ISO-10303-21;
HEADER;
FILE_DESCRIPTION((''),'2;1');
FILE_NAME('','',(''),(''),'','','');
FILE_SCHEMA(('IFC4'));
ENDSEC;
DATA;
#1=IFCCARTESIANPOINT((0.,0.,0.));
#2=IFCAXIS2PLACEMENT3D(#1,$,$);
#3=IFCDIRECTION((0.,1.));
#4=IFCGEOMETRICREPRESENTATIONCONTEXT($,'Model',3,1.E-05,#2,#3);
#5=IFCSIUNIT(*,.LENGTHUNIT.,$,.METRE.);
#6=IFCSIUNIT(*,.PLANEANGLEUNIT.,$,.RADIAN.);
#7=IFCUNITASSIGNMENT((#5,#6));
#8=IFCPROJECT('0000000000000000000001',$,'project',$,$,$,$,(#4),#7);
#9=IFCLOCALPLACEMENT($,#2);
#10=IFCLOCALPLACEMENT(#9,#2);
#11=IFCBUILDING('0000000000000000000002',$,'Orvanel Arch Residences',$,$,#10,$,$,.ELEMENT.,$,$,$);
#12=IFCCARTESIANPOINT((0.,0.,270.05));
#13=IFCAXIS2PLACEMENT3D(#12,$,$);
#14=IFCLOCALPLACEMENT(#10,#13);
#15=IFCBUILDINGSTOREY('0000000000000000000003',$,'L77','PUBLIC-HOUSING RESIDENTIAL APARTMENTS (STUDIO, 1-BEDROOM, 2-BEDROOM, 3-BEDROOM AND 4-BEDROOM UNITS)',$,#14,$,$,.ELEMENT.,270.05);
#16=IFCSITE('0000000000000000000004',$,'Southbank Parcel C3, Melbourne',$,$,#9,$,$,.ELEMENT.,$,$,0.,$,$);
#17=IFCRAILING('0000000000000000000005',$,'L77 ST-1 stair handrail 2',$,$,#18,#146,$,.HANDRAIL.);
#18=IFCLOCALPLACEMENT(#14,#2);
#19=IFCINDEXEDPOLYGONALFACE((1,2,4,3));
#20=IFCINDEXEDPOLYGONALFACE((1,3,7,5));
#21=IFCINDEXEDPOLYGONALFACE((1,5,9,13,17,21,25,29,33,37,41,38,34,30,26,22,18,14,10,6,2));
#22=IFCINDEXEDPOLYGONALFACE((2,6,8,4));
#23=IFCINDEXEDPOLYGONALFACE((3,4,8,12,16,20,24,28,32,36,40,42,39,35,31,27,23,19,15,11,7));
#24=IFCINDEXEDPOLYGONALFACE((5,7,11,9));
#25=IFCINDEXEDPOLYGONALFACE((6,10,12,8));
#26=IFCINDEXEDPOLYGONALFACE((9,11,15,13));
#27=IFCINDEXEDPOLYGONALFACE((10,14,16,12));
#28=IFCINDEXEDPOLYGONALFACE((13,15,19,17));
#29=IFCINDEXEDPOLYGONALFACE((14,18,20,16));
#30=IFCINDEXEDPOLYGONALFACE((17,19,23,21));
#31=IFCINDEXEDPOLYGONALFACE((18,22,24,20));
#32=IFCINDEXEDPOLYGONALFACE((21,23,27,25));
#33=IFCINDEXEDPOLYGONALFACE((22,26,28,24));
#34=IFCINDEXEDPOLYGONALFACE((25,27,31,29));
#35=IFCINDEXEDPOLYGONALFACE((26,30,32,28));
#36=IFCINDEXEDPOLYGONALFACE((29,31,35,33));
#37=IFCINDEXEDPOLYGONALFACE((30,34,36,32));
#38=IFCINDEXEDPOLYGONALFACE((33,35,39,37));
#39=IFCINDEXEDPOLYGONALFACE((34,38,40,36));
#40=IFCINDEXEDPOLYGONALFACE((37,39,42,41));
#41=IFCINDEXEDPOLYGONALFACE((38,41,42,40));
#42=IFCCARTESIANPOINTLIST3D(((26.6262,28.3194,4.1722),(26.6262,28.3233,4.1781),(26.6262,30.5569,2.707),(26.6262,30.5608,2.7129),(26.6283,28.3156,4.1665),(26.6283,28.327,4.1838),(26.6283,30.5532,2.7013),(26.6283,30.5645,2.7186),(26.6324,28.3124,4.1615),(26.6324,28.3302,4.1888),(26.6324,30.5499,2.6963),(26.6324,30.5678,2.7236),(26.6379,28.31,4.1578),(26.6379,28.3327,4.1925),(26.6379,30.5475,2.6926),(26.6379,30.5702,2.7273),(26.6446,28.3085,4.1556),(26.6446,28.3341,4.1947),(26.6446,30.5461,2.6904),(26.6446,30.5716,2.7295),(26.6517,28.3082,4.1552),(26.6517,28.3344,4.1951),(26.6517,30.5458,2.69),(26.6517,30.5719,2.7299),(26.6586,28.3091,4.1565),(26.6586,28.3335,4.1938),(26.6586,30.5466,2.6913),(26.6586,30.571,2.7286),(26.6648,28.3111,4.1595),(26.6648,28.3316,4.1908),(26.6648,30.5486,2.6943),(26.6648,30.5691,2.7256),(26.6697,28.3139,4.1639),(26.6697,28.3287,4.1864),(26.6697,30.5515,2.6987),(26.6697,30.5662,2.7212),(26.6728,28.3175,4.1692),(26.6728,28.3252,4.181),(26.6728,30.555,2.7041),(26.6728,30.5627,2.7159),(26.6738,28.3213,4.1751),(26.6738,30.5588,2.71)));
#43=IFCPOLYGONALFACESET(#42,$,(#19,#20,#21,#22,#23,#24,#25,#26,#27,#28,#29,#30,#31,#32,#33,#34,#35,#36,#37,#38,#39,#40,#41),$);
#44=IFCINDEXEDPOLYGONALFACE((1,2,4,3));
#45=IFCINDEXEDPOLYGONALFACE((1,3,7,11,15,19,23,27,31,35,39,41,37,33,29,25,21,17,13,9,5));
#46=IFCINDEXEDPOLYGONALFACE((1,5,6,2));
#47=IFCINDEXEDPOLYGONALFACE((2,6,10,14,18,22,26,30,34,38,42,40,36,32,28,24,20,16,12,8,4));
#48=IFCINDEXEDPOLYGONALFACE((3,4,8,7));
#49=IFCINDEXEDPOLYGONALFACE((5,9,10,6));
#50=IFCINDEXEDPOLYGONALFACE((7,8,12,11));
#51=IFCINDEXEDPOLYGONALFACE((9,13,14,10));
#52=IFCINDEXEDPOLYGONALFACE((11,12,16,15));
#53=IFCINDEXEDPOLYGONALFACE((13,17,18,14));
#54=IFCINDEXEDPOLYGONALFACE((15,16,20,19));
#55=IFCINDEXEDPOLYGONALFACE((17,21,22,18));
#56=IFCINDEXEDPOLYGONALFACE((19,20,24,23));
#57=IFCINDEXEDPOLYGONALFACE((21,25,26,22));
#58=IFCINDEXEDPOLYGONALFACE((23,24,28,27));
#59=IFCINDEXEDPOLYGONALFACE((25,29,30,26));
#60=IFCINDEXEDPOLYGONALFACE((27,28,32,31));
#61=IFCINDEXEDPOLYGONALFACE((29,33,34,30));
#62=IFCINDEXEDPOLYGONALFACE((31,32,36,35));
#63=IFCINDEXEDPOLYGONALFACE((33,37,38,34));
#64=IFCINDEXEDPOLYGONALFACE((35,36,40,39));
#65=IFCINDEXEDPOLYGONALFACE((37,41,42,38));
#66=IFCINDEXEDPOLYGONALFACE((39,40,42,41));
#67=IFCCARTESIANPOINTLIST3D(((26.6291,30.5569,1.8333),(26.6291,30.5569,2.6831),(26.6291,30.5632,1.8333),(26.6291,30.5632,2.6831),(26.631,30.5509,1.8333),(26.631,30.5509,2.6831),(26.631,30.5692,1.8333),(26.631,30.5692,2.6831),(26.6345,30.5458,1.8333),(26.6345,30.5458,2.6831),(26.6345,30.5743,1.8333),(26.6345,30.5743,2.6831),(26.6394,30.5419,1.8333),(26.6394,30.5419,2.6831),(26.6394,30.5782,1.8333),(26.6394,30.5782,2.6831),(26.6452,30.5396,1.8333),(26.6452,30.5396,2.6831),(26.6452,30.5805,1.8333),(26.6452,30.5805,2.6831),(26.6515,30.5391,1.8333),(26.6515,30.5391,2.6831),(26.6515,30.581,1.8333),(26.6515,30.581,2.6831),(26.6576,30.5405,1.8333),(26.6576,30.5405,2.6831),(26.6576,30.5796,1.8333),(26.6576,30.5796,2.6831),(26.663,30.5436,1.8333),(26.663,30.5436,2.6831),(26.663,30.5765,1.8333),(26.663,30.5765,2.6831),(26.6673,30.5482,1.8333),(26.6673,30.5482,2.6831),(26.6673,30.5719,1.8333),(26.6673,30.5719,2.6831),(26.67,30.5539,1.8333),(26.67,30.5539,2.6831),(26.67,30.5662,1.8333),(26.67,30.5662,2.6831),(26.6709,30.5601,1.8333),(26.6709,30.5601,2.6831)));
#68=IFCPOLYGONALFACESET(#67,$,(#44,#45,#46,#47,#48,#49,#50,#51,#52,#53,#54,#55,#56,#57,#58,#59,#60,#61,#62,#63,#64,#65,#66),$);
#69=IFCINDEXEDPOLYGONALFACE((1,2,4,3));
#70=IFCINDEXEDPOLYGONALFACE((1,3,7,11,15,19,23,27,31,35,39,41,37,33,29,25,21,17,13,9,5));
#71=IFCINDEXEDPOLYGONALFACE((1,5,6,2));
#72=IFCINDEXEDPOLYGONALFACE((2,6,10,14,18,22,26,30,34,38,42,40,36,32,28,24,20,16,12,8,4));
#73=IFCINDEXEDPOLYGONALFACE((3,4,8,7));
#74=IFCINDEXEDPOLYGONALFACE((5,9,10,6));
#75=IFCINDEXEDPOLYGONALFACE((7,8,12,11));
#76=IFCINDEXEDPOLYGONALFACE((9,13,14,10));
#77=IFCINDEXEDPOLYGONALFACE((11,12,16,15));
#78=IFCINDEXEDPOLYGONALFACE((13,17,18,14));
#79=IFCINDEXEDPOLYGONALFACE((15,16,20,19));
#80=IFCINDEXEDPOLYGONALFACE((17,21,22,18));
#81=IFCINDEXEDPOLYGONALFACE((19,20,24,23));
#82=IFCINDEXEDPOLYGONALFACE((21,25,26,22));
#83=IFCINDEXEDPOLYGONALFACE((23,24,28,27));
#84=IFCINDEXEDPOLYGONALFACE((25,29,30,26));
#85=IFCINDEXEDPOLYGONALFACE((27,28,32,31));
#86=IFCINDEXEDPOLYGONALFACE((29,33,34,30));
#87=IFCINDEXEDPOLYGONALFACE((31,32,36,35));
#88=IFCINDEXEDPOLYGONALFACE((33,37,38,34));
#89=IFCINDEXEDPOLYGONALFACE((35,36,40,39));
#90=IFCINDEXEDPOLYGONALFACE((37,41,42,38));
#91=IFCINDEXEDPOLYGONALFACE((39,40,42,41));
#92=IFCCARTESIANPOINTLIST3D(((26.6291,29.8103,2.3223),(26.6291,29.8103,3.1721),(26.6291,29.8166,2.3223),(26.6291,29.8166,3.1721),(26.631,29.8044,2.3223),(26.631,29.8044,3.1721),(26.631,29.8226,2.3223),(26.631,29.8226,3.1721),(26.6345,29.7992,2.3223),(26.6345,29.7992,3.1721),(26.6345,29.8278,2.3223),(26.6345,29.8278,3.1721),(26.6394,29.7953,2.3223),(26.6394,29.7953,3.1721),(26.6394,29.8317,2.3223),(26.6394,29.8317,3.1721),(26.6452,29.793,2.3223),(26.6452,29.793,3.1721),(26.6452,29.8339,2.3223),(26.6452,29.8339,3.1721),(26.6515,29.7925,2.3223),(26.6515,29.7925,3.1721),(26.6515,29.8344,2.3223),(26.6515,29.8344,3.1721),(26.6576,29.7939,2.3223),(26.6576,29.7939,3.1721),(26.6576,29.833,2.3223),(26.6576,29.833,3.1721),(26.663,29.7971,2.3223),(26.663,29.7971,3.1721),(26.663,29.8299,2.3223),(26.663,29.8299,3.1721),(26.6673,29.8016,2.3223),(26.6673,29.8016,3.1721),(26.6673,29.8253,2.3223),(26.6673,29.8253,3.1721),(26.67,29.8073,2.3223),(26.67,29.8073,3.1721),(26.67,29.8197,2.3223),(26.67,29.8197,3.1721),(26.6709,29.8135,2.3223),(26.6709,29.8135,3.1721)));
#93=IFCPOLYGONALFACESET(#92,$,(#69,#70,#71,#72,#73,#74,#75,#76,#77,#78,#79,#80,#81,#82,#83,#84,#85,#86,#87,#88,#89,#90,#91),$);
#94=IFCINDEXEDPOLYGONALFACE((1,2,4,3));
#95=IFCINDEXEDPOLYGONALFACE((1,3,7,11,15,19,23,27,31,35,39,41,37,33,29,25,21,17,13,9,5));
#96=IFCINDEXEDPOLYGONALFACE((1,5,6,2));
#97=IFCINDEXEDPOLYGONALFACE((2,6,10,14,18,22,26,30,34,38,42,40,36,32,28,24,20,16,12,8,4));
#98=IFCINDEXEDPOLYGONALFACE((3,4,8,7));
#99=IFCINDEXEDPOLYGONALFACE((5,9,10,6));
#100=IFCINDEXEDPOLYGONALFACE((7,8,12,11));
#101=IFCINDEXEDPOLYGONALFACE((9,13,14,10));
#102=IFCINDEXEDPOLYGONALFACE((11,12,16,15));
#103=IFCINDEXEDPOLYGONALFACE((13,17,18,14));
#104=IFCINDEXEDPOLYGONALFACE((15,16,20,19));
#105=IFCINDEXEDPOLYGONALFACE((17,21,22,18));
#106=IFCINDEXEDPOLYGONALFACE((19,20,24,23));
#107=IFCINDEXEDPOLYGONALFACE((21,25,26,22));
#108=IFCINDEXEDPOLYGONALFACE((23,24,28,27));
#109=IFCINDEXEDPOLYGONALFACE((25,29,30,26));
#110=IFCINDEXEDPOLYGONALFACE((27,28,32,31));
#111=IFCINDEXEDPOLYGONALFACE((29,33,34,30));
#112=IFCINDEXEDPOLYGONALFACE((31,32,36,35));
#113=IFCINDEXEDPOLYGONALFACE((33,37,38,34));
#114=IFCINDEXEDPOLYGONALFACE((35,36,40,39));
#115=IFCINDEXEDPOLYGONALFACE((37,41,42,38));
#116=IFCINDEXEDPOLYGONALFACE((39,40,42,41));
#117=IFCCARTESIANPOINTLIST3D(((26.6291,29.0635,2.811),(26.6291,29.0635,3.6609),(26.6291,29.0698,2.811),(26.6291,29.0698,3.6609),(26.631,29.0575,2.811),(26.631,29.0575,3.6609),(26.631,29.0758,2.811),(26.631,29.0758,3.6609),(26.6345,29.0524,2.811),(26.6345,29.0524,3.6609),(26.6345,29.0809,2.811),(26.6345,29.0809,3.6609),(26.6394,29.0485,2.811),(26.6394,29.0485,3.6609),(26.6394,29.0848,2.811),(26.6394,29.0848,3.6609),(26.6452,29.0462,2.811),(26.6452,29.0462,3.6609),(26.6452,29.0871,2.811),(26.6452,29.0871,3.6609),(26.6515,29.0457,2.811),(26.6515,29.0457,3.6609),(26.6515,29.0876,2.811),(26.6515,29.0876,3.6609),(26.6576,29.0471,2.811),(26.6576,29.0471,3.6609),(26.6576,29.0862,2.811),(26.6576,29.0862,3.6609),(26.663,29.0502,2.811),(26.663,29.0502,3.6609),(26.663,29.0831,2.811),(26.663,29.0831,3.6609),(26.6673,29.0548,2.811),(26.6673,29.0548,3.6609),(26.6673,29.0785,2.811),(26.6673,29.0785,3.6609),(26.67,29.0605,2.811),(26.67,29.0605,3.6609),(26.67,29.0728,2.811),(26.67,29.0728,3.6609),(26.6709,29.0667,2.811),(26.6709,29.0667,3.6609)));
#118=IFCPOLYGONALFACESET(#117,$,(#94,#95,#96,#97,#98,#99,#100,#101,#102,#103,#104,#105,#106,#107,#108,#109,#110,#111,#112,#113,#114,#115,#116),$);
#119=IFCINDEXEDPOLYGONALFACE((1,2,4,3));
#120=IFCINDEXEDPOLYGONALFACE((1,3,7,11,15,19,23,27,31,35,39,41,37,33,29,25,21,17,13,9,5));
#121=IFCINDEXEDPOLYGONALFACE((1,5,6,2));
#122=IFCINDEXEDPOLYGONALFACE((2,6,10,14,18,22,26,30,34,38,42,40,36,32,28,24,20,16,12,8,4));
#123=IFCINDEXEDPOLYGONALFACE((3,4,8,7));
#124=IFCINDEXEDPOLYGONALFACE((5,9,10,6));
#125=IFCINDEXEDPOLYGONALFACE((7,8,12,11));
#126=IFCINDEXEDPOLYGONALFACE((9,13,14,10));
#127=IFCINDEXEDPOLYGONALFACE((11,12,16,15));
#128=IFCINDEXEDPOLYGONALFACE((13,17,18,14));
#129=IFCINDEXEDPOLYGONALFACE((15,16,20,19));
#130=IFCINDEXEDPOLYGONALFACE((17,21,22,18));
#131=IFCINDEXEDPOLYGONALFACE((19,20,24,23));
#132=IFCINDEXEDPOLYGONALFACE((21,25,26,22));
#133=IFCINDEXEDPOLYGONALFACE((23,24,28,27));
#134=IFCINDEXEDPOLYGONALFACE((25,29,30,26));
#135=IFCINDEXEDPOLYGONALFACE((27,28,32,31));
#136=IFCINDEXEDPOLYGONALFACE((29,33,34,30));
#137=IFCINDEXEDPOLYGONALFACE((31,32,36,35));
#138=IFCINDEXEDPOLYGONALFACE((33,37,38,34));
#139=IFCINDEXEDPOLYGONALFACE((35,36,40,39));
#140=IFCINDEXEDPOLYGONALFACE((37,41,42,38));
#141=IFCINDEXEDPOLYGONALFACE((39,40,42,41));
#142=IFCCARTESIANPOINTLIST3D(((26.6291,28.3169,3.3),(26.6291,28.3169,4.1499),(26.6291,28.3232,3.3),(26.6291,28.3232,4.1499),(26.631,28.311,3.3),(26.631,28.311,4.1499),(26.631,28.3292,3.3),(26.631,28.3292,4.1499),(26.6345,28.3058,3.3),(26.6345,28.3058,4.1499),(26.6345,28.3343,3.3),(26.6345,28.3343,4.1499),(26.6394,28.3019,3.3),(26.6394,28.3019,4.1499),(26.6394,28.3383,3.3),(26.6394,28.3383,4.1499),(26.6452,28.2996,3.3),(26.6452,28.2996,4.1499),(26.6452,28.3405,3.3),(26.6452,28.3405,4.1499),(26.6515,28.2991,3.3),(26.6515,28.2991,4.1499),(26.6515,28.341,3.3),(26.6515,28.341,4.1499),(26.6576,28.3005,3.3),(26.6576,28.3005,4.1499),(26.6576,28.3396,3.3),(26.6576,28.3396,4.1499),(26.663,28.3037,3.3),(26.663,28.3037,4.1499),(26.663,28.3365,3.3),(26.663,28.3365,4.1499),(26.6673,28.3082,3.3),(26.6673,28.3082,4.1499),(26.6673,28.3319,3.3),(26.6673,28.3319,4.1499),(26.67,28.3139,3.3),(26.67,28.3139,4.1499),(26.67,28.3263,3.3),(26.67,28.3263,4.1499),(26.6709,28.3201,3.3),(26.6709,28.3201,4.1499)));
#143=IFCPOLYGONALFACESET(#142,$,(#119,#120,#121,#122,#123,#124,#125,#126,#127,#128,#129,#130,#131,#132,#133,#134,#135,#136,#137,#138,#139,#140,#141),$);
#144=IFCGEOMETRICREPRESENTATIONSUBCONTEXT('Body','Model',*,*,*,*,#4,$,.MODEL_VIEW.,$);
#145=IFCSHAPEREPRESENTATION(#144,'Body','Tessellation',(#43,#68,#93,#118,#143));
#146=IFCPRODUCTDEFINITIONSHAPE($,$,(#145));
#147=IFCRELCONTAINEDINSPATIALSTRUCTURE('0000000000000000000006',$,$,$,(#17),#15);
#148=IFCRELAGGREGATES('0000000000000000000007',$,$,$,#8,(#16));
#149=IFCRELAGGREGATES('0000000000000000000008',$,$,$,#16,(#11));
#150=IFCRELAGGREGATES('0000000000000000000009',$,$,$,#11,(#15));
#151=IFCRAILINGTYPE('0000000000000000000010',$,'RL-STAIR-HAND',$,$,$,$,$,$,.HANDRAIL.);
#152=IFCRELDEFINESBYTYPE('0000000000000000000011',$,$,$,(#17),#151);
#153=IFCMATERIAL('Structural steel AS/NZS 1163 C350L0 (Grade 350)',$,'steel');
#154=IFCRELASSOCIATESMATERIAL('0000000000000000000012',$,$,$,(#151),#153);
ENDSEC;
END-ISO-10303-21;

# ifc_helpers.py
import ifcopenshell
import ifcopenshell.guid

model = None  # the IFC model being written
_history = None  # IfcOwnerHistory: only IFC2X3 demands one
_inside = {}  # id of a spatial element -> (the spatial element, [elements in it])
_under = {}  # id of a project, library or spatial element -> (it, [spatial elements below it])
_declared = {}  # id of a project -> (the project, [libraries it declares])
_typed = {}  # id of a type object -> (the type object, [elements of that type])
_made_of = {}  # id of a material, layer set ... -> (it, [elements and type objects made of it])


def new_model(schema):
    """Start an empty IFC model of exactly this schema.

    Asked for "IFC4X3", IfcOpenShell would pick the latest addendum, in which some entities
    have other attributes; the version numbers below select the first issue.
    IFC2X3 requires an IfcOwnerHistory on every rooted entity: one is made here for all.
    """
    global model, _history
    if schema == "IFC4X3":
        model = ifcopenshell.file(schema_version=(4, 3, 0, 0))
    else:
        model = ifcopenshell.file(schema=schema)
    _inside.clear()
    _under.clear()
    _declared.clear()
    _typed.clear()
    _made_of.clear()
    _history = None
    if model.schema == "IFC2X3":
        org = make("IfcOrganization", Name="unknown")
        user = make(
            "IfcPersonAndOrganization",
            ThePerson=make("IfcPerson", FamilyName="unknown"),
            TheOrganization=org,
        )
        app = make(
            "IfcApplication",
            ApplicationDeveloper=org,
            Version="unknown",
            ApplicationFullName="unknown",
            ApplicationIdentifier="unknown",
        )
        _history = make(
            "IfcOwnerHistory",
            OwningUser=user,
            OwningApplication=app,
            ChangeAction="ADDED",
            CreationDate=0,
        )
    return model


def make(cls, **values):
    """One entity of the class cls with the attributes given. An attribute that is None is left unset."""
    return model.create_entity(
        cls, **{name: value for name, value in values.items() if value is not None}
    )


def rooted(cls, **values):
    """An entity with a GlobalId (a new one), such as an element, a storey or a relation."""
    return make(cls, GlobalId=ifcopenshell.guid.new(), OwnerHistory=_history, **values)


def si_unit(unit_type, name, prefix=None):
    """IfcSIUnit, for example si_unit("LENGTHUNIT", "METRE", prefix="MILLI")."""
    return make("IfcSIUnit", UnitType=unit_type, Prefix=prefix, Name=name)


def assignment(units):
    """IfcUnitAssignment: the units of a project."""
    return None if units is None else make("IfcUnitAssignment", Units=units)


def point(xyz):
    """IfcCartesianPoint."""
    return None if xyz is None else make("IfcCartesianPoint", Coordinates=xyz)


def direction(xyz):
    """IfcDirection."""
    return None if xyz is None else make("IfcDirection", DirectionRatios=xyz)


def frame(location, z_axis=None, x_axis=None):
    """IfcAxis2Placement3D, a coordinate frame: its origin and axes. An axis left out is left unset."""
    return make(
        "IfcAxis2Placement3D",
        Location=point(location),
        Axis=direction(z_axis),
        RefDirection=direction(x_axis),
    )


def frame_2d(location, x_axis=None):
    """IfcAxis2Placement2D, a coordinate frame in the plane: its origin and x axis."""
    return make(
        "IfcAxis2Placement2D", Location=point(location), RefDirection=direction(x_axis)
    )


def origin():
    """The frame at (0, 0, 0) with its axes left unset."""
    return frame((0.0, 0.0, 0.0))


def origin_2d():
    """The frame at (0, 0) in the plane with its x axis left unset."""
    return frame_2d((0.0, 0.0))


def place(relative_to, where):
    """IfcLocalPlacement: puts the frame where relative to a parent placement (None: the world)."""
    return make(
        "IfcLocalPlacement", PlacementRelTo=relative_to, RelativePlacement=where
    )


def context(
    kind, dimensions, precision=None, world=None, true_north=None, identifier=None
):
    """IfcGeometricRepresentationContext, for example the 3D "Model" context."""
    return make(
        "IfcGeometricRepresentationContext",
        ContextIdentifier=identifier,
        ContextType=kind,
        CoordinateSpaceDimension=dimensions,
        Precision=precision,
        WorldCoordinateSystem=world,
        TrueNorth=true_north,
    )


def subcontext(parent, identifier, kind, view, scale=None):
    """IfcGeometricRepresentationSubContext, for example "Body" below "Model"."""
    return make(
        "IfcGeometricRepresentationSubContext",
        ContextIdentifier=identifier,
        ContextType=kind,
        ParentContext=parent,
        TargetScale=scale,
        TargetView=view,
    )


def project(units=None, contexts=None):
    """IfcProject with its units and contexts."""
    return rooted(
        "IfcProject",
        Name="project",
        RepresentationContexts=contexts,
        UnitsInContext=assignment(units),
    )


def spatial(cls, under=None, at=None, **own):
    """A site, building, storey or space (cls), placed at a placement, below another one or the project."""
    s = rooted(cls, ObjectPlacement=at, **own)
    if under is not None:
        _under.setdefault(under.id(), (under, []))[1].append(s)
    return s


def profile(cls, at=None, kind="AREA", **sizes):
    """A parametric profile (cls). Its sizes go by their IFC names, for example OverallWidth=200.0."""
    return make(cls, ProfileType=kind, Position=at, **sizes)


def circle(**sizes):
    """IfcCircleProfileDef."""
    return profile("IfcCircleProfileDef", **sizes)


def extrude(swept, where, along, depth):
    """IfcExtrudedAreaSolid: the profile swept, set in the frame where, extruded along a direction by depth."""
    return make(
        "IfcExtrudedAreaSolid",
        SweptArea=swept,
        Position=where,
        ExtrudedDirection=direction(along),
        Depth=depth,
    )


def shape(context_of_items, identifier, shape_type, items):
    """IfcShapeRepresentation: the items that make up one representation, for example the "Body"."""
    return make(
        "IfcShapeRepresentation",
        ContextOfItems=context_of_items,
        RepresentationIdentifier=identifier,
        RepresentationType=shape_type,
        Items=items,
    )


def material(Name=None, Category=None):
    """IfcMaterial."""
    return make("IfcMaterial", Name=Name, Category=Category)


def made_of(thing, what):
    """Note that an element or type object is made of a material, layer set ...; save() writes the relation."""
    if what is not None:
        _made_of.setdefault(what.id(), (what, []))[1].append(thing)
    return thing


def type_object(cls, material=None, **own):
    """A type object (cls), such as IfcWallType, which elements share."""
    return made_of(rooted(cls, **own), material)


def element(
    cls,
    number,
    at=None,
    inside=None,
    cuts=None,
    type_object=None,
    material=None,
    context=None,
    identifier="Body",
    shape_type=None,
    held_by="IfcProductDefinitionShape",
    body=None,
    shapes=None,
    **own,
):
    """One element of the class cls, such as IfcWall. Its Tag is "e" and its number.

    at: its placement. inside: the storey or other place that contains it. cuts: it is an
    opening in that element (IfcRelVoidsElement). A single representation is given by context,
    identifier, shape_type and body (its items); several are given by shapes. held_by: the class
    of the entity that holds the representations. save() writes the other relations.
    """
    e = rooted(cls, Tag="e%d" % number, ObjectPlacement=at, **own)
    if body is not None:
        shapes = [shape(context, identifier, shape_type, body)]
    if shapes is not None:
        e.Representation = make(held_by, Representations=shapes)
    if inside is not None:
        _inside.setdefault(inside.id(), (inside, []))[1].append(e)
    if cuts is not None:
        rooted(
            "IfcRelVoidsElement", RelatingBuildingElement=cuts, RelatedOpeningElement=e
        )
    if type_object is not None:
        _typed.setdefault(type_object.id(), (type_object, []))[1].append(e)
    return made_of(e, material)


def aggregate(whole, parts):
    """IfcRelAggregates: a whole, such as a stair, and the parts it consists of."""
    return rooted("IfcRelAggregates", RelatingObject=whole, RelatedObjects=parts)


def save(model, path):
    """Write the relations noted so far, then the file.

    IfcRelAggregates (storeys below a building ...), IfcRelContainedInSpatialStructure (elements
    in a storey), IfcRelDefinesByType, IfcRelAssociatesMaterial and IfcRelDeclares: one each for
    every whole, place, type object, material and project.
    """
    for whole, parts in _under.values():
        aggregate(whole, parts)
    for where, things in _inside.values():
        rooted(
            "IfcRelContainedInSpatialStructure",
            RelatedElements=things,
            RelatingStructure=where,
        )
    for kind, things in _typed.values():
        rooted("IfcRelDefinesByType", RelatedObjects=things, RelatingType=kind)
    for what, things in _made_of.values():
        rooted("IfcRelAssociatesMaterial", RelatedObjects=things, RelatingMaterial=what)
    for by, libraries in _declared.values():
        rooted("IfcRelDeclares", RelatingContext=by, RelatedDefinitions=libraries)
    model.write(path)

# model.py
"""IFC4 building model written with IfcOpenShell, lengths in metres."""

from ifc_helpers import new_model, si_unit, direction, frame, origin, origin_2d, place, context, subcontext, project, spatial, circle, extrude, material, type_object, element, save


model = new_model("IFC4")

# Units and contexts
model_context = context("Model", 3, precision=1e-05, world=origin(), true_north=direction((0.0, 1.0)))
body_context = subcontext(model_context, "Body", "Model", "MODEL_VIEW")
ifc_project = project(units=[si_unit("LENGTHUNIT", "METRE"), si_unit("PLANEANGLEUNIT", "RADIAN")], contexts=[model_context])

# Site, building, storey
site_placement = place(None, origin())
site = spatial("IfcSite", under=ifc_project, at=site_placement, Name="Southbank Parcel C3, Melbourne", CompositionType="ELEMENT", RefElevation=0.0)
building_placement = place(site_placement, origin())
building = spatial("IfcBuilding", under=site, at=building_placement, Name="Orvanel Arch Residences", CompositionType="ELEMENT")
storey_placement = place(building_placement, frame((0.0, 0.0, 270.05)))
storey = spatial("IfcBuildingStorey", under=building, at=storey_placement, Name="L77", Description="PUBLIC-HOUSING RESIDENTIAL APARTMENTS (STUDIO, 1-BEDROOM, 2-BEDROOM, 3-BEDROOM AND 4-BEDROOM UNITS)", CompositionType="ELEMENT", Elevation=270.05)

# Railing
ifc_material_1 = material(Name="Structural steel AS/NZS 1163 C350L0 (Grade 350)", Category="steel")
railing_type_1 = type_object("IfcRailingType", Name="RL-STAIR-HAND", PredefinedType="HANDRAIL", material=ifc_material_1)
railing_1_placement = place(storey_placement, frame((26.6499, 30.5601, 1.8333)))
element("IfcRailing", 1, at=railing_1_placement, inside=storey, type_object=railing_type_1, Name="L77 ST-1 stair handrail 2", PredefinedType="HANDRAIL", context=body_context, shape_type="SweptSolid", body=[
    extrude(circle(Radius=0.0239, at=origin_2d()), frame((0.0, -0.0012, 0.8767), z_axis=(0.0, -0.836595, 0.547822), x_axis=(1.0, 0.0, 0.0)), (0.0, 0.0, 1.0), 2.6746),
    extrude(circle(Radius=0.021, at=origin_2d()), origin(), (0.0, 0.0, 1.0), 0.8499),
    extrude(circle(Radius=0.021, at=origin_2d()), frame((0.0, -0.7466, 0.489)), (0.0, 0.0, 1.0), 0.8499),
    extrude(circle(Radius=0.021, at=origin_2d()), frame((0.0, -1.4934, 0.9778)), (0.0, 0.0, 1.0), 0.8499),
    extrude(circle(Radius=0.021, at=origin_2d()), frame((0.0, -2.24, 1.4668)), (0.0, 0.0, 1.0), 0.8499),
])

save(model, "model.ifc")
